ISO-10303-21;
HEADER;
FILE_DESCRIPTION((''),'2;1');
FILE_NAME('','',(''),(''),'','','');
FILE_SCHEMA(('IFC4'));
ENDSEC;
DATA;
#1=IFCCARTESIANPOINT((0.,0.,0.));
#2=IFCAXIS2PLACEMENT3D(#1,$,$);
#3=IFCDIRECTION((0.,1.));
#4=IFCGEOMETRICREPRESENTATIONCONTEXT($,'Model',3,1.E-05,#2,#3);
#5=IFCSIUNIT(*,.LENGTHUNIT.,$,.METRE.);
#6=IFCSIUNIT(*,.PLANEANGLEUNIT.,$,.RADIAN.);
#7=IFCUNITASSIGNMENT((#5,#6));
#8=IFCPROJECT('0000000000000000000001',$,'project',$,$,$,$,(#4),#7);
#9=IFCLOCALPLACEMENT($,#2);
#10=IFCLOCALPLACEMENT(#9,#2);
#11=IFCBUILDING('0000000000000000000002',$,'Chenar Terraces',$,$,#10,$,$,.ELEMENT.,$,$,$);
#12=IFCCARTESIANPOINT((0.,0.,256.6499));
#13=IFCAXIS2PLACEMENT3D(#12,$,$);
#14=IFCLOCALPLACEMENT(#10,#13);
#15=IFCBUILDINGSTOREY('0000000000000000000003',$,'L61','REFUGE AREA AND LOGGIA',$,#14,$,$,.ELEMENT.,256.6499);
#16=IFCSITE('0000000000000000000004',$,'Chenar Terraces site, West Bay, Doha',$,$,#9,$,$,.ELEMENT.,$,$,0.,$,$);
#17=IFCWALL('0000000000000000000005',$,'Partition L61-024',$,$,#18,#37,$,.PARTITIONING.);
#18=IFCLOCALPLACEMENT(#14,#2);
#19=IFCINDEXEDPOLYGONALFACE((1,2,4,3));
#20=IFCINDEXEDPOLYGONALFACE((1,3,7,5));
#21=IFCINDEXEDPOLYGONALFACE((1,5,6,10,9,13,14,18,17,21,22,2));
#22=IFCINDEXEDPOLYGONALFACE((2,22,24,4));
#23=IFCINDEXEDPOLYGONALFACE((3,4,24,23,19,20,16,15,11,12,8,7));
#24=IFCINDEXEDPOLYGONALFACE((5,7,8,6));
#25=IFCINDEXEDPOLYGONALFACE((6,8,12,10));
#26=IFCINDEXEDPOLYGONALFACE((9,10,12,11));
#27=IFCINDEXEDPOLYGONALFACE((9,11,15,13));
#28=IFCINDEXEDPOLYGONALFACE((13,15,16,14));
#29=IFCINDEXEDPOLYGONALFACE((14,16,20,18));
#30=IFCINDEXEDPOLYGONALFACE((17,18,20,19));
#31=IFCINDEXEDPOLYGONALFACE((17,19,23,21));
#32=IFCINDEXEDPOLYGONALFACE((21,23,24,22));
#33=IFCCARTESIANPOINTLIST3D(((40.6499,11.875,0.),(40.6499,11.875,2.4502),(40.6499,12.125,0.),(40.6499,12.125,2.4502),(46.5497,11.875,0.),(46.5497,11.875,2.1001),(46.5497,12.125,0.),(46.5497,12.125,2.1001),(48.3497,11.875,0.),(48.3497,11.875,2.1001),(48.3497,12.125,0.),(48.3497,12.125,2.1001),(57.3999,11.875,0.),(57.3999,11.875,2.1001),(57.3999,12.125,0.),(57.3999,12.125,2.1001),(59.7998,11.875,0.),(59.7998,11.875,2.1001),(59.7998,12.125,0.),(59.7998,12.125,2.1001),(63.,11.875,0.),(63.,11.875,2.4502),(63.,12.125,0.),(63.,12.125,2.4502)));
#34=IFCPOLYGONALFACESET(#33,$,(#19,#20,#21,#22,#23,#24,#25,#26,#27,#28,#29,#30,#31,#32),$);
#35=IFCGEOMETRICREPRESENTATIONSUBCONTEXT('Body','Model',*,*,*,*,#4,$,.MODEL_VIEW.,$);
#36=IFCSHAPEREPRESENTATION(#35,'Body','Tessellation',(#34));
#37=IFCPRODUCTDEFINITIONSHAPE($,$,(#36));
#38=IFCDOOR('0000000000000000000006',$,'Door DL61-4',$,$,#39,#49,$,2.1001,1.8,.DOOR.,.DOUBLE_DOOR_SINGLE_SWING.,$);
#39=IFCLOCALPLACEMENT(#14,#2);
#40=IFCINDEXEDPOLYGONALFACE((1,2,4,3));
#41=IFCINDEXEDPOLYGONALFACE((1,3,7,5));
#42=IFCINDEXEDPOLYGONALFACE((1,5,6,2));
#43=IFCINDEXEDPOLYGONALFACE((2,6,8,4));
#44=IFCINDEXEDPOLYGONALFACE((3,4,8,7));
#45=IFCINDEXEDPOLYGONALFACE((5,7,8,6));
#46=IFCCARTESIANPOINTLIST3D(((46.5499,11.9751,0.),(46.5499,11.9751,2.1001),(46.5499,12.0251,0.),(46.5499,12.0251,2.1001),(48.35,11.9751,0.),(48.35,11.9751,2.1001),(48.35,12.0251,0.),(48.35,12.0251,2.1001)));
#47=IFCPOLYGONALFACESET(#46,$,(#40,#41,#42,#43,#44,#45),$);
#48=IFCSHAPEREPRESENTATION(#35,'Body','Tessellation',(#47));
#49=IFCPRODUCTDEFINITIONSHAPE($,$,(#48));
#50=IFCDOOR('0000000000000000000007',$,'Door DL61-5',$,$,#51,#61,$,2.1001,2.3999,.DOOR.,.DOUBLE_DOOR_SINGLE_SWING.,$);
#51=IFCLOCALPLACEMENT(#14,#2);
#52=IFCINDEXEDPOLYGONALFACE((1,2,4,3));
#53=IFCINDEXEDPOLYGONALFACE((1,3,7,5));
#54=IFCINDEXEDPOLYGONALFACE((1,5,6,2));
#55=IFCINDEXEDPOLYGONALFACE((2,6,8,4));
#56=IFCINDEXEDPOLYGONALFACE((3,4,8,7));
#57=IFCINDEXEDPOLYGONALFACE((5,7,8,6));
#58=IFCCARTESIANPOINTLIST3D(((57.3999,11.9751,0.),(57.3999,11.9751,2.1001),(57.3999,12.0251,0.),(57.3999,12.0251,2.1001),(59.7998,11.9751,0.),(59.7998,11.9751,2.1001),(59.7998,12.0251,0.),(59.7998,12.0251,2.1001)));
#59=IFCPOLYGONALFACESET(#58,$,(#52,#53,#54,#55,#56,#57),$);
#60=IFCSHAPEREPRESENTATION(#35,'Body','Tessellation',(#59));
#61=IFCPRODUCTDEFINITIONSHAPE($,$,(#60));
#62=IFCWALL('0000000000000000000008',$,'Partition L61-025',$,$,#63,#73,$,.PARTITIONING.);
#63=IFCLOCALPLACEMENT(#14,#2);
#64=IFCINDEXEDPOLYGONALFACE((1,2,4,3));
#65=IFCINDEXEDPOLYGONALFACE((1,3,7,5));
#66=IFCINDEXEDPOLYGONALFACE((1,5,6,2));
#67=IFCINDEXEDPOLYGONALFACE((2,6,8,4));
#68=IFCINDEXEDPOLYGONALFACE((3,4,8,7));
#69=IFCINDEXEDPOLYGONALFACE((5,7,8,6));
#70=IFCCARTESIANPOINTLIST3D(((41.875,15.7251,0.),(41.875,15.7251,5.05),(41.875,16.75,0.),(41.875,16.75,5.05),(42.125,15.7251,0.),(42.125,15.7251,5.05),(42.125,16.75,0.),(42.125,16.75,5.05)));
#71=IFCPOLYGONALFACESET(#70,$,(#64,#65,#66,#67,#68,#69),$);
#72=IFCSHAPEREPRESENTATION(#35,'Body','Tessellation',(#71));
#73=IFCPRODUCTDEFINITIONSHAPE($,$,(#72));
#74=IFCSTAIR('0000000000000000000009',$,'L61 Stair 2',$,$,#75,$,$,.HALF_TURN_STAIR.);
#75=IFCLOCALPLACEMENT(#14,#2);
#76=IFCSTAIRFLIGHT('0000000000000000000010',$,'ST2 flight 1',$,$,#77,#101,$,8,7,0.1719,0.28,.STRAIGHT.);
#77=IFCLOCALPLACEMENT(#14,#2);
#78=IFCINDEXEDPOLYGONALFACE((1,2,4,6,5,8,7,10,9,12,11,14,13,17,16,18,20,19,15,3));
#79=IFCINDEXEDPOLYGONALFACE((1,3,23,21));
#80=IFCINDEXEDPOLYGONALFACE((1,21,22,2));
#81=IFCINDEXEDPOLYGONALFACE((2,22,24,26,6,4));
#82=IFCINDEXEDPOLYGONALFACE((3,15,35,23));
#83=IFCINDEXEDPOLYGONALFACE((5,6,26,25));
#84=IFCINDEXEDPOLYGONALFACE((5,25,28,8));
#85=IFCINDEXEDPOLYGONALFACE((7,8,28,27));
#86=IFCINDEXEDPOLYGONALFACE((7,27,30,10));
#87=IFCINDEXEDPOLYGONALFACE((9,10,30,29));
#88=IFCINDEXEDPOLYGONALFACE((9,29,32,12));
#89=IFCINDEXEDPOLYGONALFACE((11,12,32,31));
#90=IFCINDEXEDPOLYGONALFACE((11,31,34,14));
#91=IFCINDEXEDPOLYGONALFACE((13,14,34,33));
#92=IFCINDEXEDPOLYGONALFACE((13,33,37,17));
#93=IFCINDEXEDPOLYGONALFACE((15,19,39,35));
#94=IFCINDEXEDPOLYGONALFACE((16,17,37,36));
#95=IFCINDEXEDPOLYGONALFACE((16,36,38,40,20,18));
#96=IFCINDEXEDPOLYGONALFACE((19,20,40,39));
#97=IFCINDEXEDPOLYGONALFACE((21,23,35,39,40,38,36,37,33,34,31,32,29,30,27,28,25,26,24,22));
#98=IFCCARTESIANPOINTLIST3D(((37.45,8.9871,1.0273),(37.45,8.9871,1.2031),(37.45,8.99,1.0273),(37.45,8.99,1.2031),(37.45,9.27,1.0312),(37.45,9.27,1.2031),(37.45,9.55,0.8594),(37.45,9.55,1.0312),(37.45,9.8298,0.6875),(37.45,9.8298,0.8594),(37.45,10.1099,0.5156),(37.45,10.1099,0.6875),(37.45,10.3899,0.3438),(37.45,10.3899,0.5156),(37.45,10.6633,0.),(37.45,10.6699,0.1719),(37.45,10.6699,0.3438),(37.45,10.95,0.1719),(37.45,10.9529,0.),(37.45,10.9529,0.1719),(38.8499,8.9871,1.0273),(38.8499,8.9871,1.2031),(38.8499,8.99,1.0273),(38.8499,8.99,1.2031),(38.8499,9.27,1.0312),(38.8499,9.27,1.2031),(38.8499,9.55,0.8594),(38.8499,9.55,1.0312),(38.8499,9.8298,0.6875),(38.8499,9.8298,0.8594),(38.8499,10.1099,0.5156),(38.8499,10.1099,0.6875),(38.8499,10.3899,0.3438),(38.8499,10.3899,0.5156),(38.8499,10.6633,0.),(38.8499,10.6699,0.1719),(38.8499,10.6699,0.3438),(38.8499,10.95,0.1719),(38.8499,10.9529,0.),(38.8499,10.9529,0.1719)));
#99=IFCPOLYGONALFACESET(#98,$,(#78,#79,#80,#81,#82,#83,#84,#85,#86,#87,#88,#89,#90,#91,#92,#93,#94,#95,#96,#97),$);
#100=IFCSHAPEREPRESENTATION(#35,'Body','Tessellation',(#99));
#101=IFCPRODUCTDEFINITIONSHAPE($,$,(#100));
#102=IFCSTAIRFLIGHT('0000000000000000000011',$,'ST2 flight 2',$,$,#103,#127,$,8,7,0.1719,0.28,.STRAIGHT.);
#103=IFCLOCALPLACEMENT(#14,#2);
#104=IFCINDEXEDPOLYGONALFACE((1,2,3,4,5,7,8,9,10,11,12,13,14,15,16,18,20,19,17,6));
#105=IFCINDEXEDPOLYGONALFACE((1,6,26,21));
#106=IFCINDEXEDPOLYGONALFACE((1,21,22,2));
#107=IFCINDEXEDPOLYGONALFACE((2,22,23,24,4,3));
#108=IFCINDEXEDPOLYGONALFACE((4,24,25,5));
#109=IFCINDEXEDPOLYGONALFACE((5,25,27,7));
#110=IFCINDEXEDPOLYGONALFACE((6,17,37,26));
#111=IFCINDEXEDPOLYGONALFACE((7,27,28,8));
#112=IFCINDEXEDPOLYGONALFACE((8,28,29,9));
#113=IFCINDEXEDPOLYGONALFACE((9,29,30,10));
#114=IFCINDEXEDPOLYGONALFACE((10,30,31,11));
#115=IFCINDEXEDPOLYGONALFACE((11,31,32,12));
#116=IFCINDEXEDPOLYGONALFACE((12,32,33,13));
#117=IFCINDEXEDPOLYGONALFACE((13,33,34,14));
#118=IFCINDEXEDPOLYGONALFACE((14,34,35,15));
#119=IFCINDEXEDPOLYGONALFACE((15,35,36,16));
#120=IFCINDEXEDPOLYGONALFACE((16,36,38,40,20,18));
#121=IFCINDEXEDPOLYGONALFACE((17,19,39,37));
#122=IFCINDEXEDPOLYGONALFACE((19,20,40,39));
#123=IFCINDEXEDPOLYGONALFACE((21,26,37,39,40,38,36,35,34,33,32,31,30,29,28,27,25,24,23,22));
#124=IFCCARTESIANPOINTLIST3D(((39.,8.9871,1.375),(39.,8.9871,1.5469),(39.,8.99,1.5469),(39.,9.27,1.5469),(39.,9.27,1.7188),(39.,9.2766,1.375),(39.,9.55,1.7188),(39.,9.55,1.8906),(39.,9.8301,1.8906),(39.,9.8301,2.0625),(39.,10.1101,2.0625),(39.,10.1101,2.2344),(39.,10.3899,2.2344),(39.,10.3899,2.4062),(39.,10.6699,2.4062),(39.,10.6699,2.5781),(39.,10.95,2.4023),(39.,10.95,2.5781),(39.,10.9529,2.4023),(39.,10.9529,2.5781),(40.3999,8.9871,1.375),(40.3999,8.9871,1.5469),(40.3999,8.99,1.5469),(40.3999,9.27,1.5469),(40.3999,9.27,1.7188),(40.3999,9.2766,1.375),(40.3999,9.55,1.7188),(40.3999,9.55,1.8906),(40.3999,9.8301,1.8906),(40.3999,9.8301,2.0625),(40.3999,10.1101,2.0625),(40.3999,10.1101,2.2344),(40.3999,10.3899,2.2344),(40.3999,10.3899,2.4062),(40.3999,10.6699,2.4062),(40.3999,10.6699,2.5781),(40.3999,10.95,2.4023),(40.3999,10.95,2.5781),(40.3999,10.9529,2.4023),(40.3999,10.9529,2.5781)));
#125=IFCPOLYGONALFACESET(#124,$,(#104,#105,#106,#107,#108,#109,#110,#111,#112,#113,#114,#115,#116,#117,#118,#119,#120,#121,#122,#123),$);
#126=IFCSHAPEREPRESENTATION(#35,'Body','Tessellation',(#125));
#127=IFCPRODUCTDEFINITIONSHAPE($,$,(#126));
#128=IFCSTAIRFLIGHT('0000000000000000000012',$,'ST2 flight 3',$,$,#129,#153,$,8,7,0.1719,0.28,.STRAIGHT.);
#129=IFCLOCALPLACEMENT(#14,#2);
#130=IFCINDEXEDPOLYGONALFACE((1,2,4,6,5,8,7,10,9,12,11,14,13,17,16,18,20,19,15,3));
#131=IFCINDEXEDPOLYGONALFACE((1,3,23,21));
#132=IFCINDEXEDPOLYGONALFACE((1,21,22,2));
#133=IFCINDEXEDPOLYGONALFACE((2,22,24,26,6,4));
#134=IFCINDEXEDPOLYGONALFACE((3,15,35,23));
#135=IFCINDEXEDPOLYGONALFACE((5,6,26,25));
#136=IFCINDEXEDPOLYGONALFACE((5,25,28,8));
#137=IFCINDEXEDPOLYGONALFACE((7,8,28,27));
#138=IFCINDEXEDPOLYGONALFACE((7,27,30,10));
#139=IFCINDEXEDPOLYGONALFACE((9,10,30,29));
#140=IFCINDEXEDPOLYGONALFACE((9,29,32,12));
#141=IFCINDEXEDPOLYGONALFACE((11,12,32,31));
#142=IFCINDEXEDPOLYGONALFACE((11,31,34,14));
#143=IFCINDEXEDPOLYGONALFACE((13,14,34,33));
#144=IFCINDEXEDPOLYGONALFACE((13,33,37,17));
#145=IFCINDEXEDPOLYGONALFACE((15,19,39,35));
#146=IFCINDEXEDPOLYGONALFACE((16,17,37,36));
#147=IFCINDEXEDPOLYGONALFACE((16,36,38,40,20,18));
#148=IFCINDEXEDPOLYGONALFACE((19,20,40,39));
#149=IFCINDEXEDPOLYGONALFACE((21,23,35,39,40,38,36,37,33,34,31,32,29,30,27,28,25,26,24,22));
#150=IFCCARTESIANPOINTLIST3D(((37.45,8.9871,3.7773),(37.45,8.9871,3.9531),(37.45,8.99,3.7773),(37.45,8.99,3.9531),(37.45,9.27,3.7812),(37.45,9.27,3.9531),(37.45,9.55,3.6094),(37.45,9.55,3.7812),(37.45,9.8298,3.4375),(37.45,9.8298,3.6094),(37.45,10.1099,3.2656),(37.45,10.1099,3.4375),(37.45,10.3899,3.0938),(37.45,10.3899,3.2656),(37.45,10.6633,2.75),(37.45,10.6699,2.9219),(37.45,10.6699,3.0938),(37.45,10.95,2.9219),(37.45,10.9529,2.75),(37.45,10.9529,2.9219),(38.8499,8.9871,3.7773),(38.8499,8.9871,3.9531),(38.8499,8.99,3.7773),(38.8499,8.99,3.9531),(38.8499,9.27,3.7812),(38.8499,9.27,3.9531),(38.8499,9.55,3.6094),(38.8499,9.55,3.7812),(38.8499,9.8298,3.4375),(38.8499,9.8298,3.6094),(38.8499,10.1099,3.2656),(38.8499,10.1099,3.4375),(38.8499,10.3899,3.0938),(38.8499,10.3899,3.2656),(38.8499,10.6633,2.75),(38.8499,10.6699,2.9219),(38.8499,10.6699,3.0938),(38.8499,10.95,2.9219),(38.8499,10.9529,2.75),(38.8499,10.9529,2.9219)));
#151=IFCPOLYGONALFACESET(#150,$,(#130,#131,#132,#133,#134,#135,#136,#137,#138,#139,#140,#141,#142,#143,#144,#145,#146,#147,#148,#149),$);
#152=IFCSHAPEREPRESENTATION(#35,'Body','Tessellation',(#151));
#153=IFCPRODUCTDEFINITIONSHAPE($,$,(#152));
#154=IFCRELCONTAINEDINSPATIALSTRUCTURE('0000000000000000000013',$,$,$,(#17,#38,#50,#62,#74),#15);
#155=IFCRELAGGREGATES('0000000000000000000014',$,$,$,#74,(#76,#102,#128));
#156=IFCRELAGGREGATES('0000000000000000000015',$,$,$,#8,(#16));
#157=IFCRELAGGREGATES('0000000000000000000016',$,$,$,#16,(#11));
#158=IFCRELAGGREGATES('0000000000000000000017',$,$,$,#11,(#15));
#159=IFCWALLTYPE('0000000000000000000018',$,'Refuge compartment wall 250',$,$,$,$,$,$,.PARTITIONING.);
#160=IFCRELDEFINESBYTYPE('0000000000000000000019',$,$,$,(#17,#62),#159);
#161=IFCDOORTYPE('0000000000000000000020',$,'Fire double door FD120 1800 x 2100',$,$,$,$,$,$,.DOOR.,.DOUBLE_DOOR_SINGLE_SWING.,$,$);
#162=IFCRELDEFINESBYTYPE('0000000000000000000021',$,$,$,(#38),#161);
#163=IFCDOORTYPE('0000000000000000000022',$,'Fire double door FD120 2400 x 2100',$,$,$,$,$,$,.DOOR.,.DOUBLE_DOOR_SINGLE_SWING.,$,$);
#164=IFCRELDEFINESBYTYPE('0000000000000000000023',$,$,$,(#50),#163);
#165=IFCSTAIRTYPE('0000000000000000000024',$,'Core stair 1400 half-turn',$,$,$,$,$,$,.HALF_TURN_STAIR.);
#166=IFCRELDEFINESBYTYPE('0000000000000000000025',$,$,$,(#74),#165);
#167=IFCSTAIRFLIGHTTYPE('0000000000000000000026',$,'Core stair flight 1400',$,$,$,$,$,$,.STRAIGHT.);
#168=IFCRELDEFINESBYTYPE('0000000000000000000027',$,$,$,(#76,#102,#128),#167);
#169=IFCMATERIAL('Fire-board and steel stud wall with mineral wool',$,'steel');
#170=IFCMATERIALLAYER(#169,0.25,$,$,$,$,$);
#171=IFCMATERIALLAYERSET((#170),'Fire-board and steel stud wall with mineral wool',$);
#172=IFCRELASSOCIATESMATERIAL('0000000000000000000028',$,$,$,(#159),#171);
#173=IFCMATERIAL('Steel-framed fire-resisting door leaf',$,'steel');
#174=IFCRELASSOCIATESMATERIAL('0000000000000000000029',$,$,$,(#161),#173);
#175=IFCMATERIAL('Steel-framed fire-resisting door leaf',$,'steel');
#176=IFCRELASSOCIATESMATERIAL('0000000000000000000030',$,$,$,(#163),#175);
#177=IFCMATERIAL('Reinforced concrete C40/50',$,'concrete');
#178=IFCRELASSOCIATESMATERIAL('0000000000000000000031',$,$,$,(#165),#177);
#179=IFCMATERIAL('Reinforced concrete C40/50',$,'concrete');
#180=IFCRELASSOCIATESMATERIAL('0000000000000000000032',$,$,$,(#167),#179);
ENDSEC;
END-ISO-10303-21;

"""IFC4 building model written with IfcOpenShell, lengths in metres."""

from ifc_helpers import new_model, si_unit, direction, frame, frame_2d, origin, place, context, subcontext, project, spatial, polyline, rectangle, outline, extrude, material, layer, layer_set, type_object, element, fill, aggregate, save


model = new_model("IFC4")

# Units and contexts
model_context = context("Model", 3, precision=1e-05, world=origin(), true_north=direction((0.0, 1.0)))
body_context = subcontext(model_context, "Body", "Model", "MODEL_VIEW")
ifc_project = project(units=[si_unit("LENGTHUNIT", "METRE"), si_unit("PLANEANGLEUNIT", "RADIAN")], contexts=[model_context])

# Site, building, storey
site_placement = place(None, origin())
site = spatial("IfcSite", under=ifc_project, at=site_placement, Name="Chenar Terraces site, West Bay, Doha", CompositionType="ELEMENT", RefElevation=0.0)
building_placement = place(site_placement, origin())
building = spatial("IfcBuilding", under=site, at=building_placement, Name="Chenar Terraces", CompositionType="ELEMENT")
storey_placement = place(building_placement, frame((0.0, 0.0, 256.6499)))
storey = spatial("IfcBuildingStorey", under=building, at=storey_placement, Name="L61", Description="REFUGE AREA AND LOGGIA", CompositionType="ELEMENT", Elevation=256.6499)

# Shared definitions
ifc_material_1 = material(Name="Fire-board and steel stud wall with mineral wool", Category="steel")
ifc_layer_1 = layer(ifc_material_1, 0.25)
ifc_layer_set_1 = layer_set([ifc_layer_1], Name="Fire-board and steel stud wall with mineral wool")
wall_type_1 = type_object("IfcWallType", Name="Refuge compartment wall 250", PredefinedType="PARTITIONING", material=ifc_layer_set_1)

# Wall, openings, doors
wall_1_placement = place(storey_placement, frame((40.6499, 12.0, 0.0), z_axis=(0.0, 0.0, 1.0), x_axis=(1.0, 0.0, 0.0)))
wall_1 = element("IfcWall", 1, at=wall_1_placement, inside=storey, type_object=wall_type_1, Name="Partition L61-024", PredefinedType="PARTITIONING", context=body_context, shape_type="SweptSolid", body=[
    extrude(rectangle(XDim=22.3501, YDim=0.25, at=frame_2d((11.175, 0.0))), origin(), (0.0, 0.0, 1.0), 2.4502),
])
opening_1_placement = place(wall_1_placement, frame((5.8999, 0.0, 0.0)))
opening_1 = element("IfcOpeningElement", 2, at=opening_1_placement, cuts=wall_1, PredefinedType="OPENING", context=body_context, shape_type="SweptSolid", body=[
    extrude(rectangle(XDim=1.8, YDim=2.1001, at=frame_2d((0.8999, 1.05))), frame((0.0, 0.135, 0.0), z_axis=(0.0, -1.0, 0.0), x_axis=(1.0, 0.0, 0.0)), (0.0, 0.0, 1.0), 0.27),
])
opening_2_placement = place(wall_1_placement, frame((16.75, 0.0, 0.0)))
opening_2 = element("IfcOpeningElement", 3, at=opening_2_placement, cuts=wall_1, PredefinedType="OPENING", context=body_context, shape_type="SweptSolid", body=[
    extrude(rectangle(XDim=2.3999, YDim=2.1001, at=frame_2d((1.2, 1.05))), frame((0.0, 0.135, 0.0), z_axis=(0.0, -1.0, 0.0), x_axis=(1.0, 0.0, 0.0)), (0.0, 0.0, 1.0), 0.27),
])
ifc_material_2 = material(Name="Steel-framed fire-resisting door leaf", Category="steel")
door_type_1 = type_object("IfcDoorType", Name="Fire double door FD120 1800 x 2100", OperationType="DOUBLE_DOOR_SINGLE_SWING", PredefinedType="DOOR", material=ifc_material_2)
door_1_placement = place(opening_1_placement, frame((1.8, 0.0, 0.0), z_axis=(0.0, 0.0, 1.0), x_axis=(-1.0, 0.0, 0.0)))
door_1 = element("IfcDoor", 4, at=door_1_placement, inside=storey, type_object=door_type_1, Name="Door DL61-4", OperationType="DOUBLE_DOOR_SINGLE_SWING", OverallHeight=2.1001, OverallWidth=1.8, PredefinedType="DOOR", context=body_context, shape_type="SweptSolid", body=[
    extrude(rectangle(XDim=1.8, YDim=2.1001, at=frame_2d((0.8999, 1.05))), frame((0.0, 0.0249, 0.0), z_axis=(0.0, -1.0, 0.0), x_axis=(1.0, 0.0, 0.0)), (0.0, 0.0, 1.0), 0.05),
])
fill(opening_1, door_1)
ifc_material_3 = material(Name="Steel-framed fire-resisting door leaf", Category="steel")
door_type_2 = type_object("IfcDoorType", Name="Fire double door FD120 2400 x 2100", OperationType="DOUBLE_DOOR_SINGLE_SWING", PredefinedType="DOOR", material=ifc_material_3)
door_2_placement = place(opening_2_placement, frame((2.3999, 0.0, 0.0), z_axis=(0.0, 0.0, 1.0), x_axis=(-1.0, 0.0, 0.0)))
door_2 = element("IfcDoor", 5, at=door_2_placement, inside=storey, type_object=door_type_2, Name="Door DL61-5", OperationType="DOUBLE_DOOR_SINGLE_SWING", OverallHeight=2.1001, OverallWidth=2.3999, PredefinedType="DOOR", context=body_context, shape_type="SweptSolid", body=[
    extrude(rectangle(XDim=2.3999, YDim=2.1001, at=frame_2d((1.2, 1.05))), frame((0.0, 0.0249, 0.0), z_axis=(0.0, -1.0, 0.0), x_axis=(1.0, 0.0, 0.0)), (0.0, 0.0, 1.0), 0.05),
])
fill(opening_2, door_2)

# Wall
wall_2_placement = place(storey_placement, frame((42.0, 15.7251, 0.0), z_axis=(0.0, 0.0, 1.0), x_axis=(0.0, 1.0, 0.0)))
element("IfcWall", 6, at=wall_2_placement, inside=storey, type_object=wall_type_1, Name="Partition L61-025", PredefinedType="PARTITIONING", context=body_context, shape_type="SweptSolid", body=[
    extrude(rectangle(XDim=1.0249, YDim=0.25, at=frame_2d((0.5125, 0.0))), origin(), (0.0, 0.0, 1.0), 5.05),
])

# Stair, stair flights
ifc_material_4 = material(Name="Reinforced concrete C40/50", Category="concrete")
stair_type = type_object("IfcStairType", Name="Core stair 1400 half-turn", PredefinedType="HALF_TURN_STAIR", material=ifc_material_4)
stair_placement = place(storey_placement, origin())
stair = element("IfcStair", 7, at=stair_placement, inside=storey, type_object=stair_type, Name="L61 Stair 2", PredefinedType="HALF_TURN_STAIR")
ifc_material_5 = material(Name="Reinforced concrete C40/50", Category="concrete")
stair_flight_type = type_object("IfcStairFlightType", Name="Core stair flight 1400", PredefinedType="STRAIGHT", material=ifc_material_5)
stair_flight_1_placement = place(storey_placement, frame((38.1499, 10.95, 0.0), z_axis=(0.0, 0.0, 1.0), x_axis=(0.0, -1.0, 0.0)))
stair_flight_1 = element("IfcStairFlight", 8, at=stair_flight_1_placement, type_object=stair_flight_type, Name="ST2 flight 1", NumberOfRisers=8, NumberOfTreads=7, PredefinedType="STRAIGHT", RiserHeight=0.1719, TreadLength=0.28, context=body_context, shape_type="SweptSolid", body=[
    extrude(outline(polyline([(-0.0029, 0.0), (-0.0029, 0.1719), (0.0, 0.1719), (0.28, 0.1719), (0.28, 0.3438), (0.5601, 0.3438), (0.5601, 0.5156), (0.8401, 0.5156), (0.8401, 0.6875), (1.1201, 0.6875), (1.1201, 0.8594), (1.3999, 0.8594), (1.3999, 1.0312), (1.6799, 1.0312), (1.6799, 1.2031), (1.96, 1.2031), (1.9629, 1.2031), (1.9629, 1.0273), (1.96, 1.0273), (0.2866, 0.0), (-0.0029, 0.0)])), frame((0.0, 0.7, 0.0), z_axis=(0.0, -1.0, 0.0), x_axis=(1.0, 0.0, 0.0)), (0.0, 0.0, 1.0), 1.3999),
])
stair_flight_2_placement = place(storey_placement, frame((39.7, 8.99, 1.375), z_axis=(0.0, 0.0, 1.0), x_axis=(0.0, 1.0, 0.0)))
stair_flight_2 = element("IfcStairFlight", 9, at=stair_flight_2_placement, type_object=stair_flight_type, Name="ST2 flight 2", NumberOfRisers=8, NumberOfTreads=7, PredefinedType="STRAIGHT", RiserHeight=0.1719, TreadLength=0.28, context=body_context, shape_type="SweptSolid", body=[
    extrude(outline(polyline([(-0.0029, 0.0), (-0.0029, 0.1719), (0.0, 0.1719), (0.28, 0.1719), (0.28, 0.3438), (0.5601, 0.3438), (0.5601, 0.5156), (0.8401, 0.5156), (0.8401, 0.6875), (1.1201, 0.6875), (1.1201, 0.8594), (1.3999, 0.8594), (1.3999, 1.0312), (1.6799, 1.0312), (1.6799, 1.2031), (1.96, 1.2031), (1.9629, 1.2031), (1.9629, 1.0273), (1.96, 1.0273), (0.2866, 0.0), (-0.0029, 0.0)])), frame((0.0, 0.7, 0.0), z_axis=(0.0, -1.0, 0.0), x_axis=(1.0, 0.0, 0.0)), (0.0, 0.0, 1.0), 1.3999),
])
stair_flight_3_placement = place(storey_placement, frame((38.1499, 10.95, 2.75), z_axis=(0.0, 0.0, 1.0), x_axis=(0.0, -1.0, 0.0)))
stair_flight_3 = element("IfcStairFlight", 10, at=stair_flight_3_placement, type_object=stair_flight_type, Name="ST2 flight 3", NumberOfRisers=8, NumberOfTreads=7, PredefinedType="STRAIGHT", RiserHeight=0.1719, TreadLength=0.28, context=body_context, shape_type="SweptSolid", body=[
    extrude(outline(polyline([(-0.0029, 0.0), (-0.0029, 0.1719), (0.0, 0.1719), (0.28, 0.1719), (0.28, 0.3438), (0.5601, 0.3438), (0.5601, 0.5156), (0.8401, 0.5156), (0.8401, 0.6875), (1.1201, 0.6875), (1.1201, 0.8594), (1.3999, 0.8594), (1.3999, 1.0312), (1.6799, 1.0312), (1.6799, 1.2031), (1.96, 1.2031), (1.9629, 1.2031), (1.9629, 1.0273), (1.96, 1.0273), (0.2866, 0.0), (-0.0029, 0.0)])), frame((0.0, 0.7, 0.0), z_axis=(0.0, -1.0, 0.0), x_axis=(1.0, 0.0, 0.0)), (0.0, 0.0, 1.0), 1.3999),
])
aggregate(stair, [stair_flight_1, stair_flight_2, stair_flight_3])

save(model, "model.ifc")
